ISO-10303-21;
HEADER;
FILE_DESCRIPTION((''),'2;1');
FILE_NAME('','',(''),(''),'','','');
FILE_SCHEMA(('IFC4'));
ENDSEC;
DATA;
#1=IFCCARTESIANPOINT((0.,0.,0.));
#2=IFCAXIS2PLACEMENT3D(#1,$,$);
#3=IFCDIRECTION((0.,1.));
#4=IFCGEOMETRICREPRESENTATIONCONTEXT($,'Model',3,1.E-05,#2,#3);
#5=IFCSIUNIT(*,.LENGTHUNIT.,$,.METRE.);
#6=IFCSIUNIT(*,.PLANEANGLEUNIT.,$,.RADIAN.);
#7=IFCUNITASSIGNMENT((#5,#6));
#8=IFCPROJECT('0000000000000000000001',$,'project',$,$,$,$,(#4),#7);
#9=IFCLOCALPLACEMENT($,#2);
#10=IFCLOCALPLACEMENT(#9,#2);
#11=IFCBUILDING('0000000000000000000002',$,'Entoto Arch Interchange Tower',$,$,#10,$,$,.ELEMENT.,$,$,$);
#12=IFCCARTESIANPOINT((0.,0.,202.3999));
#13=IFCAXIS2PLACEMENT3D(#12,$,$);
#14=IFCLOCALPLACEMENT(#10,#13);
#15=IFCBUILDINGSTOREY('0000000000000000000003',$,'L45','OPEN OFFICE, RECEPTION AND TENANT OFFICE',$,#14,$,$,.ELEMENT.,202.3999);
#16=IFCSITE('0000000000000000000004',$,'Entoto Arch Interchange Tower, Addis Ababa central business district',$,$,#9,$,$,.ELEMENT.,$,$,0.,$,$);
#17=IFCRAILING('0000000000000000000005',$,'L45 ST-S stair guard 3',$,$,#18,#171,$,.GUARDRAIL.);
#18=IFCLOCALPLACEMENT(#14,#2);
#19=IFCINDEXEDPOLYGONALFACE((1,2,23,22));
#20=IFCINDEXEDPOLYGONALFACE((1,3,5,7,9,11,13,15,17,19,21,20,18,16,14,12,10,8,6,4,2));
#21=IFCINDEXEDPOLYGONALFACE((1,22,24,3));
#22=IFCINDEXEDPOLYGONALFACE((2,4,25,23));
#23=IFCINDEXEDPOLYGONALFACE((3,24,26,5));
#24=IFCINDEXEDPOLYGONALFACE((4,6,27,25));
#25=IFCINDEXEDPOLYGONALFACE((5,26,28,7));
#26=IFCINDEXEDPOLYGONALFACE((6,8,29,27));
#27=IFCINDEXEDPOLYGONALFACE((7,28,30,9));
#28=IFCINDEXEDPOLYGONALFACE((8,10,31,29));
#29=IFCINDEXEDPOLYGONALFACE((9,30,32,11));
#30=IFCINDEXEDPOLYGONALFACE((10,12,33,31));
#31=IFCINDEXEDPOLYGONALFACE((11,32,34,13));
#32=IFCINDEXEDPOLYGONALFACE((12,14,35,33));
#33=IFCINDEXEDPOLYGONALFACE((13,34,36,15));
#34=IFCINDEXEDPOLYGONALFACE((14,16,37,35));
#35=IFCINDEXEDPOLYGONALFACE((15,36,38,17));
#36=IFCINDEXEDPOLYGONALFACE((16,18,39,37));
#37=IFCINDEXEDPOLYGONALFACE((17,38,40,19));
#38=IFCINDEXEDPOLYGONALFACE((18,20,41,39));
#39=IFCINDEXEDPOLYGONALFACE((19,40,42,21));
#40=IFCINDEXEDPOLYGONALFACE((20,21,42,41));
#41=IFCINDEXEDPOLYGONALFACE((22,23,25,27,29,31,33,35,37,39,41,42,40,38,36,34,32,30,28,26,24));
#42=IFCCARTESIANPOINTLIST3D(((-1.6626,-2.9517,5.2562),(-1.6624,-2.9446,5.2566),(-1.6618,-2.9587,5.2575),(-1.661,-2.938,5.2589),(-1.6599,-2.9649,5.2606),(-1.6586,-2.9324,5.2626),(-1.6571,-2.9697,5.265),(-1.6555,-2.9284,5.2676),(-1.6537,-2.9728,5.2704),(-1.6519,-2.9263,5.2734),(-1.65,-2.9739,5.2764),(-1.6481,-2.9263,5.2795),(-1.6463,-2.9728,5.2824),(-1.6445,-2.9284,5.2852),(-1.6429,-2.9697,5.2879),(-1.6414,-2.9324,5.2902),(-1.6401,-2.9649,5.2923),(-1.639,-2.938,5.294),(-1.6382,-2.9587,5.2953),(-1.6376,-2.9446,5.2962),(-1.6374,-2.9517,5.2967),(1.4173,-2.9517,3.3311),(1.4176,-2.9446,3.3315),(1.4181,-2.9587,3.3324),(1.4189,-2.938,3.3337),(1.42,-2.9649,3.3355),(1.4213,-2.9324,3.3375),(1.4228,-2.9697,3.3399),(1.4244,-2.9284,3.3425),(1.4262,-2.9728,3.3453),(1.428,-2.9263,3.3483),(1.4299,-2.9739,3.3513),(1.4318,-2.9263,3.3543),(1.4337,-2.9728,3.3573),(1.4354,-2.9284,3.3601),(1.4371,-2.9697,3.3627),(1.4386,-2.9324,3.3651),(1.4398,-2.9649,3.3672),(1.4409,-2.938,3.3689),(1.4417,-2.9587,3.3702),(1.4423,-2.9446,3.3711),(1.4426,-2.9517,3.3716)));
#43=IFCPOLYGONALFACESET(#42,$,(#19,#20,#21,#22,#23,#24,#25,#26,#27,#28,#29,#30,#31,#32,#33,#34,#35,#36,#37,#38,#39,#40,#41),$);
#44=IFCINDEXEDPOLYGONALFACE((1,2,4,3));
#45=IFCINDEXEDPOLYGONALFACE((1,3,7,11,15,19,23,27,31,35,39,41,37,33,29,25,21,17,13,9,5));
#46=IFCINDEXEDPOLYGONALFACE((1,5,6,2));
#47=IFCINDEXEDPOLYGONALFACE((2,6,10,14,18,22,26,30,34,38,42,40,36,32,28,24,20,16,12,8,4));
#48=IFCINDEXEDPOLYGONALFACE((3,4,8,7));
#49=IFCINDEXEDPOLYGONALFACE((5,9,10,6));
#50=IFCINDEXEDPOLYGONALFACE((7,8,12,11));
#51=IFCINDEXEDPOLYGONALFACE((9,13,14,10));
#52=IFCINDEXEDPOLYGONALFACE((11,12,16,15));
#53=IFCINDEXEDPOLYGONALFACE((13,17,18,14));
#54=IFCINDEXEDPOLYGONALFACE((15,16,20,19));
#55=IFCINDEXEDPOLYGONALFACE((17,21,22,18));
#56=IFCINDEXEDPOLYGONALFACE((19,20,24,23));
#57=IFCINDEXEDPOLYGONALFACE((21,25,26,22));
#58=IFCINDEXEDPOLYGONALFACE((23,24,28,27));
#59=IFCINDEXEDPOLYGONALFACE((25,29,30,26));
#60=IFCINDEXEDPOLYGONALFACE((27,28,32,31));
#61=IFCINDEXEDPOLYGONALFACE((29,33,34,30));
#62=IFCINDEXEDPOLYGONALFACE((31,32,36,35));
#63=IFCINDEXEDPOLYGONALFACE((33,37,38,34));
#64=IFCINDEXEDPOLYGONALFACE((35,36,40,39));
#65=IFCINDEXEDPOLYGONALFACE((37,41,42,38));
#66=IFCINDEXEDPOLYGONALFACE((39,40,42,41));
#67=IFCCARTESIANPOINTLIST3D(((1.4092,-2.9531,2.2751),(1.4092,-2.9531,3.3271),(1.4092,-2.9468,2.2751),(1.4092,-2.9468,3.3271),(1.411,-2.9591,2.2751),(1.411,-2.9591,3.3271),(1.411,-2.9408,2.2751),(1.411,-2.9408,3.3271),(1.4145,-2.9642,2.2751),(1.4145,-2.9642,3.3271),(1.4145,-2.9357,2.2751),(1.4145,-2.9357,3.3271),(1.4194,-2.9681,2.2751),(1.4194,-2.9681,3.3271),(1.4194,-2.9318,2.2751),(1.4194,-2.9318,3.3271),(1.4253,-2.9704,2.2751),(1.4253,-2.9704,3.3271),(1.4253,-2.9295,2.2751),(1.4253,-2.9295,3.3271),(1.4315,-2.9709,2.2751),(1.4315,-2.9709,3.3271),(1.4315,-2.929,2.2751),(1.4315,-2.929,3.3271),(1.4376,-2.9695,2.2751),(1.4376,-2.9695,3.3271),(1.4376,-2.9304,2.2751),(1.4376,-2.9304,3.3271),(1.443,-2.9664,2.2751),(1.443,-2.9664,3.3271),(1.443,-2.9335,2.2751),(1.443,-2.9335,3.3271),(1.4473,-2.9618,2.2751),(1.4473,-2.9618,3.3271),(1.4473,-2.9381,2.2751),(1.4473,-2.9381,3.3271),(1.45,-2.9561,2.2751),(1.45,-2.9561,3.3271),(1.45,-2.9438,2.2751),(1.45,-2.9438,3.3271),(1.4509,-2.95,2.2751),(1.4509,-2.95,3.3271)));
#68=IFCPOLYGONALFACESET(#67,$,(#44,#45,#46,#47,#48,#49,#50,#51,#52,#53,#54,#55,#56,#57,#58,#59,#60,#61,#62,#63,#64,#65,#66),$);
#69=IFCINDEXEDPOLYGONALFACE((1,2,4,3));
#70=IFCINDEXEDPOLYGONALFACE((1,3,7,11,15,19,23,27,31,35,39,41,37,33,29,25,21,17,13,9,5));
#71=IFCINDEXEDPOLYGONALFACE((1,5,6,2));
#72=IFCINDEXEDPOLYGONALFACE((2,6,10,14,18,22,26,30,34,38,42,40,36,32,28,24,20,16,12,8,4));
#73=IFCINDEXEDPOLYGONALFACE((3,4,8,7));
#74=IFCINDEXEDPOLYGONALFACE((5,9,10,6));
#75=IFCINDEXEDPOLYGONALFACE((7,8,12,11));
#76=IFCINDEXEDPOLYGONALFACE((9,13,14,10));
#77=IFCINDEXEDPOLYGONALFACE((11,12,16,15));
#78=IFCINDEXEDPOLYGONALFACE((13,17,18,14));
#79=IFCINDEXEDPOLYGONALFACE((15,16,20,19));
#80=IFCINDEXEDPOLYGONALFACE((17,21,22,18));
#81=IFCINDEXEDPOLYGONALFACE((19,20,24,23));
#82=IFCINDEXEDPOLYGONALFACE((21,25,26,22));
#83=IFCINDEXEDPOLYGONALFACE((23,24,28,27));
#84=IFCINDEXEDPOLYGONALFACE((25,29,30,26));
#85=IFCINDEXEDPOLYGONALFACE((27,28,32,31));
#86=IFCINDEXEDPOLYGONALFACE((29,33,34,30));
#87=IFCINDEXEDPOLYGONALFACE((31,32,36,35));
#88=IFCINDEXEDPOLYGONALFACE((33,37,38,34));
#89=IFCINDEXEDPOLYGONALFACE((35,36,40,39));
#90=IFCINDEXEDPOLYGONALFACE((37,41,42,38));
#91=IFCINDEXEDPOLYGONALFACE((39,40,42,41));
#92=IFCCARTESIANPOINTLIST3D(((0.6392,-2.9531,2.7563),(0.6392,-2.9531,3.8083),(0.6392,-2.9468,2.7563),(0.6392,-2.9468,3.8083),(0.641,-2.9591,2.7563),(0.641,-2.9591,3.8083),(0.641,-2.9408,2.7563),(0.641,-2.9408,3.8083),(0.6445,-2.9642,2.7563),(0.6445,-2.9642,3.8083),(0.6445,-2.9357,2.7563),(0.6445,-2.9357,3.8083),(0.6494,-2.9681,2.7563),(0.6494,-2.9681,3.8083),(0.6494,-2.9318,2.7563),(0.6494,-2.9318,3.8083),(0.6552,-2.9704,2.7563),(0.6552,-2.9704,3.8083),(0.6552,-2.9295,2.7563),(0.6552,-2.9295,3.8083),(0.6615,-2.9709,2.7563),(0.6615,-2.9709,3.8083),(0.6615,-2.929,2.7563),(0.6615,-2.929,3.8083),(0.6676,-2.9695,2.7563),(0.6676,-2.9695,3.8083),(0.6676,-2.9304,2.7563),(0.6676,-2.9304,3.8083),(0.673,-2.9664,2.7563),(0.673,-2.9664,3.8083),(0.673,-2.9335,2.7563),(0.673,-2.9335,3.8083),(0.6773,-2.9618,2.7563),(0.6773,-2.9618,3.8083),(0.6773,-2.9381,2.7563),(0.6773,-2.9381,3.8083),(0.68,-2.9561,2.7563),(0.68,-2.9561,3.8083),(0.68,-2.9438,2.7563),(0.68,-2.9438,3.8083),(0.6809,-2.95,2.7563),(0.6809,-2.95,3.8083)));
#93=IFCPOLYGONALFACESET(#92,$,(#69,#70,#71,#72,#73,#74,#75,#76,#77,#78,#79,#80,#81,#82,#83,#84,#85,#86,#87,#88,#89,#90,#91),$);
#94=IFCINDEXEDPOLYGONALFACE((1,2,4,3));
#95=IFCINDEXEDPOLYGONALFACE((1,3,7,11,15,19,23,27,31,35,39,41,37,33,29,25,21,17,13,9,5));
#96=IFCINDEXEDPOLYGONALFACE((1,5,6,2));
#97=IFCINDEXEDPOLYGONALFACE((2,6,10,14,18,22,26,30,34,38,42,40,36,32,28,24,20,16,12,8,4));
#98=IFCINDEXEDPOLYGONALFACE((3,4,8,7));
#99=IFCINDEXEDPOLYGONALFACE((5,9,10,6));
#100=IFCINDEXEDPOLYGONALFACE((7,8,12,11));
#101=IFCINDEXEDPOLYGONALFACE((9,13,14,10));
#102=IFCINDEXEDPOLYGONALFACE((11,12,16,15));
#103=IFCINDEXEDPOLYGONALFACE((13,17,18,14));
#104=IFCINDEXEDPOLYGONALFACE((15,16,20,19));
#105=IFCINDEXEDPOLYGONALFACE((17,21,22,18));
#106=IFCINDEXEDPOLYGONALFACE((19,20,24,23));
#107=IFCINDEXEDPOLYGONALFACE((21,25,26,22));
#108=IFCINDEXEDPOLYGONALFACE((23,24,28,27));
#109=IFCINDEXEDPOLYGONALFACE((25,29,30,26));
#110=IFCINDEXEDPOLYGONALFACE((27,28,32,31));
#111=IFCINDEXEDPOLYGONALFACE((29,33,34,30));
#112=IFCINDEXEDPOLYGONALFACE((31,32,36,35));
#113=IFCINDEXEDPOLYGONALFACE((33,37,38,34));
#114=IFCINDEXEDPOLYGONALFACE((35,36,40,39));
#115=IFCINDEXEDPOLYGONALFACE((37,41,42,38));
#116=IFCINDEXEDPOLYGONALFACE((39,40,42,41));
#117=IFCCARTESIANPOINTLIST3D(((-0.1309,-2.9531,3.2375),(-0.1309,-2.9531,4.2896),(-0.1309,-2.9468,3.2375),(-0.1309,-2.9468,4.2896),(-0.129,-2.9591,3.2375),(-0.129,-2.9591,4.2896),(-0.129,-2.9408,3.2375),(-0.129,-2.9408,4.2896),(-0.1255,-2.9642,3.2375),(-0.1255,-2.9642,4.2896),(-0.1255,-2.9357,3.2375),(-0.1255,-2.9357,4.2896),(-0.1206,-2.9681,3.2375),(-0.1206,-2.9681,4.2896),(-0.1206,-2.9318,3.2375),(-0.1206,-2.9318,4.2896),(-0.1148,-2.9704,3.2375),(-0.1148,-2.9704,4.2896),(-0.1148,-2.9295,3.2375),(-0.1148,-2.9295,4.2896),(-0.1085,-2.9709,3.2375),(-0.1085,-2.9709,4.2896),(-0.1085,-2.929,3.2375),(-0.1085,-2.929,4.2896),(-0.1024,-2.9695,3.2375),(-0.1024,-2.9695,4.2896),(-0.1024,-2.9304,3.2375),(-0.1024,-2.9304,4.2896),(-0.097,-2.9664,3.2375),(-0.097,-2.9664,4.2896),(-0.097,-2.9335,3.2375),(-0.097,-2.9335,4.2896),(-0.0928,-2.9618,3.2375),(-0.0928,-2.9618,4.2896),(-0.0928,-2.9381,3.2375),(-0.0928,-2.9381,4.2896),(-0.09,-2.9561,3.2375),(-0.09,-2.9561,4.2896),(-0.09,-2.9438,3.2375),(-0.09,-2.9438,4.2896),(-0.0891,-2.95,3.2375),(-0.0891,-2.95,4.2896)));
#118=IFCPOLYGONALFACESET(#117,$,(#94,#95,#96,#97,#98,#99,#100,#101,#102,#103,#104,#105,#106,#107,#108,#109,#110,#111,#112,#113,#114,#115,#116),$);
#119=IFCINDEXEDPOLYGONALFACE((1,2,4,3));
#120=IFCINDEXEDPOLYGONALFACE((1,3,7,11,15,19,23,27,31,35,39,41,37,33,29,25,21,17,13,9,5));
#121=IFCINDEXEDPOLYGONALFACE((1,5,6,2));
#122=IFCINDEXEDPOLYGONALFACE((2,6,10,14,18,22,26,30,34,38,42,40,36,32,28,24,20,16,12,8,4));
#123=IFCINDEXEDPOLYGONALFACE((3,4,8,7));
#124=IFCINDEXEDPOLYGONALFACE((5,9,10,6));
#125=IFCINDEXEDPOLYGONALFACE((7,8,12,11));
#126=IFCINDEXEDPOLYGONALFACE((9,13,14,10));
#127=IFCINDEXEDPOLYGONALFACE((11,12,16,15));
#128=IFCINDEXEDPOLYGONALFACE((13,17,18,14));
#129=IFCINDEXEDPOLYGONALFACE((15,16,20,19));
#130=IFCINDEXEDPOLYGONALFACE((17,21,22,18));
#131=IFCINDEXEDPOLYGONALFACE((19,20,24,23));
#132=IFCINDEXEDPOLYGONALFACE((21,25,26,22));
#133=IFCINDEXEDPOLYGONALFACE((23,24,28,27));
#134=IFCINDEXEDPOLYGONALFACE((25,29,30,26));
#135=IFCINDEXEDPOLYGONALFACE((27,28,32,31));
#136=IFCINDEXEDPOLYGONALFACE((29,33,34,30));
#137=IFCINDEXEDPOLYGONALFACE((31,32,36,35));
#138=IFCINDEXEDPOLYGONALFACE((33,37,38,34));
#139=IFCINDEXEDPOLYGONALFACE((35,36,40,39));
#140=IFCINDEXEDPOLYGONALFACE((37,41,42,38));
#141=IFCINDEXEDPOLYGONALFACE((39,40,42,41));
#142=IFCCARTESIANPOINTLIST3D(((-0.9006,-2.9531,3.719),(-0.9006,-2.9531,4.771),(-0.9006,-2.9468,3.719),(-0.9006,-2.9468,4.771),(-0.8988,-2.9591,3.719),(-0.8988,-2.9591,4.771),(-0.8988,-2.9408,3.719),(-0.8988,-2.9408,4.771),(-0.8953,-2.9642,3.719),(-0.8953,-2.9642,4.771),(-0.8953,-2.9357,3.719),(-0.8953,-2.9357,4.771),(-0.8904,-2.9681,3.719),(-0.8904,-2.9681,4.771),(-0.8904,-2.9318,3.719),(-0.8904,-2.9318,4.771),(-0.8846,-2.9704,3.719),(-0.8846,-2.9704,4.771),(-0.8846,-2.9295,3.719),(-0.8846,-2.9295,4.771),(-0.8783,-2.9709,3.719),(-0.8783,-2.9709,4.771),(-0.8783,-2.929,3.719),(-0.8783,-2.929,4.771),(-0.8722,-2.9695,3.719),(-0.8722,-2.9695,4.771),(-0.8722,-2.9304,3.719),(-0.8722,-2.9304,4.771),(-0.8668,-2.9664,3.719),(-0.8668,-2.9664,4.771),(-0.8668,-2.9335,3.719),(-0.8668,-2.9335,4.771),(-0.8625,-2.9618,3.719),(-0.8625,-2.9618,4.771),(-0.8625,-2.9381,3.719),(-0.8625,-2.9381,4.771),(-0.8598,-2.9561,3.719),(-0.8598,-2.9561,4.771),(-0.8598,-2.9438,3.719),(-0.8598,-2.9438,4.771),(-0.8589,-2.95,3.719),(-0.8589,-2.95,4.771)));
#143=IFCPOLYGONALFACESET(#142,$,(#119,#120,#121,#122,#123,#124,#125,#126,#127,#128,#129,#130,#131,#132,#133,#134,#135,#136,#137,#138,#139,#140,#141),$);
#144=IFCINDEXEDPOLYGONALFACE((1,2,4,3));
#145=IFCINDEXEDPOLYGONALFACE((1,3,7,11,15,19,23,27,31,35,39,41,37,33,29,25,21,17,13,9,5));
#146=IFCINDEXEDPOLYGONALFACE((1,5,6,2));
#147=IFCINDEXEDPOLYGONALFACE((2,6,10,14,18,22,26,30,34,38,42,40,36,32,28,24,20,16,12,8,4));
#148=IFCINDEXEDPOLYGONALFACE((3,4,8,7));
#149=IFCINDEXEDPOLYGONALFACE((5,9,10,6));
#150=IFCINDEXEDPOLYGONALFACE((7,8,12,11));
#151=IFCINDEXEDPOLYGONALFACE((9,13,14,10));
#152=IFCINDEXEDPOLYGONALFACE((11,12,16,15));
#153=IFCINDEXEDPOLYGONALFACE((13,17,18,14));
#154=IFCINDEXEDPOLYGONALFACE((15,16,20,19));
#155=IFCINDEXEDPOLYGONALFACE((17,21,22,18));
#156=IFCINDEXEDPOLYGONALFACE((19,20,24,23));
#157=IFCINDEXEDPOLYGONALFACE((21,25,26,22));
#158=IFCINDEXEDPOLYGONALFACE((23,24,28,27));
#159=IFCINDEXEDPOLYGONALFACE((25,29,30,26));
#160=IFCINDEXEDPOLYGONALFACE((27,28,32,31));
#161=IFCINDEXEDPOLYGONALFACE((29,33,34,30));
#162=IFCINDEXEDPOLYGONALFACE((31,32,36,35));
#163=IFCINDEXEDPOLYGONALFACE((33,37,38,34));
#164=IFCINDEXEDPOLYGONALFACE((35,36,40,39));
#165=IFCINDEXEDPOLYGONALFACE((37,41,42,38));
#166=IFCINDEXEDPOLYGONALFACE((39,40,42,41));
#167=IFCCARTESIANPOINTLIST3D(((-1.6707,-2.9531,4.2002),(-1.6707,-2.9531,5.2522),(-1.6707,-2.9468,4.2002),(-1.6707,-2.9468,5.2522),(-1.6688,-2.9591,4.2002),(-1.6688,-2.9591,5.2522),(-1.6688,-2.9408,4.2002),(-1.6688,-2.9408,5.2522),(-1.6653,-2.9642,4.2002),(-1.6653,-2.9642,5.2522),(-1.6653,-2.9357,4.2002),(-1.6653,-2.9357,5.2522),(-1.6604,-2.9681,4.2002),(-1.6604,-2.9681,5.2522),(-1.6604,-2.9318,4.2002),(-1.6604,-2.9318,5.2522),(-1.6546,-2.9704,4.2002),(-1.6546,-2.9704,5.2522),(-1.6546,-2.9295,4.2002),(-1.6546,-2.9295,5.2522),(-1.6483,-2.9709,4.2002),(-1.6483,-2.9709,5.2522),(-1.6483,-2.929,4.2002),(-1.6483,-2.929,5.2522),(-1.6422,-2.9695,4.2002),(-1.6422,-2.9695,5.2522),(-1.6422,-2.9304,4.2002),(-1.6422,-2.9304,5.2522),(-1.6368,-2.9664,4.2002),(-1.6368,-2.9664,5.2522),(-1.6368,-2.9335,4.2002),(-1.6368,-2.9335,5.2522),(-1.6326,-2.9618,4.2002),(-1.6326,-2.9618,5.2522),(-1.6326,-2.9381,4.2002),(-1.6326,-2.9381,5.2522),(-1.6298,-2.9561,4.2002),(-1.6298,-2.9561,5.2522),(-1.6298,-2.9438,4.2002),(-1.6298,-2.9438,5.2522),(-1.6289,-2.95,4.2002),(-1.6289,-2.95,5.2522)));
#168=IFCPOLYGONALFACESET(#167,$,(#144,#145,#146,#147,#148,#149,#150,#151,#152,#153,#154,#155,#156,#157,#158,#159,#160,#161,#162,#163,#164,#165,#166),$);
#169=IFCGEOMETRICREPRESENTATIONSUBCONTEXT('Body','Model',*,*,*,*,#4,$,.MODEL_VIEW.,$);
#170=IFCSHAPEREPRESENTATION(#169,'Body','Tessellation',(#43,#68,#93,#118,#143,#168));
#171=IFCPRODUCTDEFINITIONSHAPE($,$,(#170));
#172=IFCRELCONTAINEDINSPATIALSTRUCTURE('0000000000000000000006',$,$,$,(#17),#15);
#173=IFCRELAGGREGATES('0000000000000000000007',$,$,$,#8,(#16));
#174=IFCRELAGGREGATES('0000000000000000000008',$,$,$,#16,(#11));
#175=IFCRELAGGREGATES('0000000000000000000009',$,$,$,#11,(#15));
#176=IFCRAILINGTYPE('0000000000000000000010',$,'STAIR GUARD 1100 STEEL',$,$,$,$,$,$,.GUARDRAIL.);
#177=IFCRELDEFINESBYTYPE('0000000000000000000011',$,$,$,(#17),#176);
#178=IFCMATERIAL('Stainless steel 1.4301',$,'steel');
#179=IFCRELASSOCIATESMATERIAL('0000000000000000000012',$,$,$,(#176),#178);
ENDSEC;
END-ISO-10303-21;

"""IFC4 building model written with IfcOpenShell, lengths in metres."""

from ifc_helpers import new_model, si_unit, direction, frame, origin, origin_2d, place, context, subcontext, project, spatial, circle, extrude, material, type_object, element, save


model = new_model("IFC4")

# Units and contexts
model_context = context("Model", 3, precision=1e-05, world=origin(), true_north=direction((0.0, 1.0)))
body_context = subcontext(model_context, "Body", "Model", "MODEL_VIEW")
ifc_project = project(units=[si_unit("LENGTHUNIT", "METRE"), si_unit("PLANEANGLEUNIT", "RADIAN")], contexts=[model_context])

# Site, building, storey
site_placement = place(None, origin())
site = spatial("IfcSite", under=ifc_project, at=site_placement, Name="Entoto Arch Interchange Tower, Addis Ababa central business district", CompositionType="ELEMENT", RefElevation=0.0)
building_placement = place(site_placement, origin())
building = spatial("IfcBuilding", under=site, at=building_placement, Name="Entoto Arch Interchange Tower", CompositionType="ELEMENT")
storey_placement = place(building_placement, frame((0.0, 0.0, 202.3999)))
storey = spatial("IfcBuildingStorey", under=building, at=storey_placement, Name="L45", Description="OPEN OFFICE, RECEPTION AND TENANT OFFICE", CompositionType="ELEMENT", Elevation=202.3999)

# Railing
ifc_material_1 = material(Name="Stainless steel 1.4301", Category="steel")
railing_type_1 = type_object("IfcRailingType", Name="STAIR GUARD 1100 STEEL", PredefinedType="GUARDRAIL", material=ifc_material_1)
railing_1_placement = place(storey_placement, frame((1.4299, -2.95, 2.2751)))
element("IfcRailing", 1, at=railing_1_placement, inside=storey, type_object=railing_type_1, Name="L45 ST-S stair guard 3", PredefinedType="GUARDRAIL", context=body_context, shape_type="SweptSolid", body=[
    extrude(circle(Radius=0.0239, at=origin_2d()), frame((0.0, 0.0, 1.0762), z_axis=(-0.847979, 0.0, 0.530029), x_axis=(0.0, -1.0, 0.0)), (0.0, 0.0, 1.0), 3.6321),
    extrude(circle(Radius=0.021, at=origin_2d()), origin(), (0.0, 0.0, 1.0), 1.052),
    extrude(circle(Radius=0.021, at=origin_2d()), frame((-0.77, 0.0, 0.4812)), (0.0, 0.0, 1.0), 1.052),
    extrude(circle(Radius=0.021, at=origin_2d()), frame((-1.54, 0.0, 0.9624)), (0.0, 0.0, 1.0), 1.052),
    extrude(circle(Radius=0.021, at=origin_2d()), frame((-2.3098, 0.0, 1.4438)), (0.0, 0.0, 1.0), 1.052),
    extrude(circle(Radius=0.021, at=origin_2d()), frame((-3.0798, 0.0, 1.925)), (0.0, 0.0, 1.0), 1.052),
])

save(model, "model.ifc")
